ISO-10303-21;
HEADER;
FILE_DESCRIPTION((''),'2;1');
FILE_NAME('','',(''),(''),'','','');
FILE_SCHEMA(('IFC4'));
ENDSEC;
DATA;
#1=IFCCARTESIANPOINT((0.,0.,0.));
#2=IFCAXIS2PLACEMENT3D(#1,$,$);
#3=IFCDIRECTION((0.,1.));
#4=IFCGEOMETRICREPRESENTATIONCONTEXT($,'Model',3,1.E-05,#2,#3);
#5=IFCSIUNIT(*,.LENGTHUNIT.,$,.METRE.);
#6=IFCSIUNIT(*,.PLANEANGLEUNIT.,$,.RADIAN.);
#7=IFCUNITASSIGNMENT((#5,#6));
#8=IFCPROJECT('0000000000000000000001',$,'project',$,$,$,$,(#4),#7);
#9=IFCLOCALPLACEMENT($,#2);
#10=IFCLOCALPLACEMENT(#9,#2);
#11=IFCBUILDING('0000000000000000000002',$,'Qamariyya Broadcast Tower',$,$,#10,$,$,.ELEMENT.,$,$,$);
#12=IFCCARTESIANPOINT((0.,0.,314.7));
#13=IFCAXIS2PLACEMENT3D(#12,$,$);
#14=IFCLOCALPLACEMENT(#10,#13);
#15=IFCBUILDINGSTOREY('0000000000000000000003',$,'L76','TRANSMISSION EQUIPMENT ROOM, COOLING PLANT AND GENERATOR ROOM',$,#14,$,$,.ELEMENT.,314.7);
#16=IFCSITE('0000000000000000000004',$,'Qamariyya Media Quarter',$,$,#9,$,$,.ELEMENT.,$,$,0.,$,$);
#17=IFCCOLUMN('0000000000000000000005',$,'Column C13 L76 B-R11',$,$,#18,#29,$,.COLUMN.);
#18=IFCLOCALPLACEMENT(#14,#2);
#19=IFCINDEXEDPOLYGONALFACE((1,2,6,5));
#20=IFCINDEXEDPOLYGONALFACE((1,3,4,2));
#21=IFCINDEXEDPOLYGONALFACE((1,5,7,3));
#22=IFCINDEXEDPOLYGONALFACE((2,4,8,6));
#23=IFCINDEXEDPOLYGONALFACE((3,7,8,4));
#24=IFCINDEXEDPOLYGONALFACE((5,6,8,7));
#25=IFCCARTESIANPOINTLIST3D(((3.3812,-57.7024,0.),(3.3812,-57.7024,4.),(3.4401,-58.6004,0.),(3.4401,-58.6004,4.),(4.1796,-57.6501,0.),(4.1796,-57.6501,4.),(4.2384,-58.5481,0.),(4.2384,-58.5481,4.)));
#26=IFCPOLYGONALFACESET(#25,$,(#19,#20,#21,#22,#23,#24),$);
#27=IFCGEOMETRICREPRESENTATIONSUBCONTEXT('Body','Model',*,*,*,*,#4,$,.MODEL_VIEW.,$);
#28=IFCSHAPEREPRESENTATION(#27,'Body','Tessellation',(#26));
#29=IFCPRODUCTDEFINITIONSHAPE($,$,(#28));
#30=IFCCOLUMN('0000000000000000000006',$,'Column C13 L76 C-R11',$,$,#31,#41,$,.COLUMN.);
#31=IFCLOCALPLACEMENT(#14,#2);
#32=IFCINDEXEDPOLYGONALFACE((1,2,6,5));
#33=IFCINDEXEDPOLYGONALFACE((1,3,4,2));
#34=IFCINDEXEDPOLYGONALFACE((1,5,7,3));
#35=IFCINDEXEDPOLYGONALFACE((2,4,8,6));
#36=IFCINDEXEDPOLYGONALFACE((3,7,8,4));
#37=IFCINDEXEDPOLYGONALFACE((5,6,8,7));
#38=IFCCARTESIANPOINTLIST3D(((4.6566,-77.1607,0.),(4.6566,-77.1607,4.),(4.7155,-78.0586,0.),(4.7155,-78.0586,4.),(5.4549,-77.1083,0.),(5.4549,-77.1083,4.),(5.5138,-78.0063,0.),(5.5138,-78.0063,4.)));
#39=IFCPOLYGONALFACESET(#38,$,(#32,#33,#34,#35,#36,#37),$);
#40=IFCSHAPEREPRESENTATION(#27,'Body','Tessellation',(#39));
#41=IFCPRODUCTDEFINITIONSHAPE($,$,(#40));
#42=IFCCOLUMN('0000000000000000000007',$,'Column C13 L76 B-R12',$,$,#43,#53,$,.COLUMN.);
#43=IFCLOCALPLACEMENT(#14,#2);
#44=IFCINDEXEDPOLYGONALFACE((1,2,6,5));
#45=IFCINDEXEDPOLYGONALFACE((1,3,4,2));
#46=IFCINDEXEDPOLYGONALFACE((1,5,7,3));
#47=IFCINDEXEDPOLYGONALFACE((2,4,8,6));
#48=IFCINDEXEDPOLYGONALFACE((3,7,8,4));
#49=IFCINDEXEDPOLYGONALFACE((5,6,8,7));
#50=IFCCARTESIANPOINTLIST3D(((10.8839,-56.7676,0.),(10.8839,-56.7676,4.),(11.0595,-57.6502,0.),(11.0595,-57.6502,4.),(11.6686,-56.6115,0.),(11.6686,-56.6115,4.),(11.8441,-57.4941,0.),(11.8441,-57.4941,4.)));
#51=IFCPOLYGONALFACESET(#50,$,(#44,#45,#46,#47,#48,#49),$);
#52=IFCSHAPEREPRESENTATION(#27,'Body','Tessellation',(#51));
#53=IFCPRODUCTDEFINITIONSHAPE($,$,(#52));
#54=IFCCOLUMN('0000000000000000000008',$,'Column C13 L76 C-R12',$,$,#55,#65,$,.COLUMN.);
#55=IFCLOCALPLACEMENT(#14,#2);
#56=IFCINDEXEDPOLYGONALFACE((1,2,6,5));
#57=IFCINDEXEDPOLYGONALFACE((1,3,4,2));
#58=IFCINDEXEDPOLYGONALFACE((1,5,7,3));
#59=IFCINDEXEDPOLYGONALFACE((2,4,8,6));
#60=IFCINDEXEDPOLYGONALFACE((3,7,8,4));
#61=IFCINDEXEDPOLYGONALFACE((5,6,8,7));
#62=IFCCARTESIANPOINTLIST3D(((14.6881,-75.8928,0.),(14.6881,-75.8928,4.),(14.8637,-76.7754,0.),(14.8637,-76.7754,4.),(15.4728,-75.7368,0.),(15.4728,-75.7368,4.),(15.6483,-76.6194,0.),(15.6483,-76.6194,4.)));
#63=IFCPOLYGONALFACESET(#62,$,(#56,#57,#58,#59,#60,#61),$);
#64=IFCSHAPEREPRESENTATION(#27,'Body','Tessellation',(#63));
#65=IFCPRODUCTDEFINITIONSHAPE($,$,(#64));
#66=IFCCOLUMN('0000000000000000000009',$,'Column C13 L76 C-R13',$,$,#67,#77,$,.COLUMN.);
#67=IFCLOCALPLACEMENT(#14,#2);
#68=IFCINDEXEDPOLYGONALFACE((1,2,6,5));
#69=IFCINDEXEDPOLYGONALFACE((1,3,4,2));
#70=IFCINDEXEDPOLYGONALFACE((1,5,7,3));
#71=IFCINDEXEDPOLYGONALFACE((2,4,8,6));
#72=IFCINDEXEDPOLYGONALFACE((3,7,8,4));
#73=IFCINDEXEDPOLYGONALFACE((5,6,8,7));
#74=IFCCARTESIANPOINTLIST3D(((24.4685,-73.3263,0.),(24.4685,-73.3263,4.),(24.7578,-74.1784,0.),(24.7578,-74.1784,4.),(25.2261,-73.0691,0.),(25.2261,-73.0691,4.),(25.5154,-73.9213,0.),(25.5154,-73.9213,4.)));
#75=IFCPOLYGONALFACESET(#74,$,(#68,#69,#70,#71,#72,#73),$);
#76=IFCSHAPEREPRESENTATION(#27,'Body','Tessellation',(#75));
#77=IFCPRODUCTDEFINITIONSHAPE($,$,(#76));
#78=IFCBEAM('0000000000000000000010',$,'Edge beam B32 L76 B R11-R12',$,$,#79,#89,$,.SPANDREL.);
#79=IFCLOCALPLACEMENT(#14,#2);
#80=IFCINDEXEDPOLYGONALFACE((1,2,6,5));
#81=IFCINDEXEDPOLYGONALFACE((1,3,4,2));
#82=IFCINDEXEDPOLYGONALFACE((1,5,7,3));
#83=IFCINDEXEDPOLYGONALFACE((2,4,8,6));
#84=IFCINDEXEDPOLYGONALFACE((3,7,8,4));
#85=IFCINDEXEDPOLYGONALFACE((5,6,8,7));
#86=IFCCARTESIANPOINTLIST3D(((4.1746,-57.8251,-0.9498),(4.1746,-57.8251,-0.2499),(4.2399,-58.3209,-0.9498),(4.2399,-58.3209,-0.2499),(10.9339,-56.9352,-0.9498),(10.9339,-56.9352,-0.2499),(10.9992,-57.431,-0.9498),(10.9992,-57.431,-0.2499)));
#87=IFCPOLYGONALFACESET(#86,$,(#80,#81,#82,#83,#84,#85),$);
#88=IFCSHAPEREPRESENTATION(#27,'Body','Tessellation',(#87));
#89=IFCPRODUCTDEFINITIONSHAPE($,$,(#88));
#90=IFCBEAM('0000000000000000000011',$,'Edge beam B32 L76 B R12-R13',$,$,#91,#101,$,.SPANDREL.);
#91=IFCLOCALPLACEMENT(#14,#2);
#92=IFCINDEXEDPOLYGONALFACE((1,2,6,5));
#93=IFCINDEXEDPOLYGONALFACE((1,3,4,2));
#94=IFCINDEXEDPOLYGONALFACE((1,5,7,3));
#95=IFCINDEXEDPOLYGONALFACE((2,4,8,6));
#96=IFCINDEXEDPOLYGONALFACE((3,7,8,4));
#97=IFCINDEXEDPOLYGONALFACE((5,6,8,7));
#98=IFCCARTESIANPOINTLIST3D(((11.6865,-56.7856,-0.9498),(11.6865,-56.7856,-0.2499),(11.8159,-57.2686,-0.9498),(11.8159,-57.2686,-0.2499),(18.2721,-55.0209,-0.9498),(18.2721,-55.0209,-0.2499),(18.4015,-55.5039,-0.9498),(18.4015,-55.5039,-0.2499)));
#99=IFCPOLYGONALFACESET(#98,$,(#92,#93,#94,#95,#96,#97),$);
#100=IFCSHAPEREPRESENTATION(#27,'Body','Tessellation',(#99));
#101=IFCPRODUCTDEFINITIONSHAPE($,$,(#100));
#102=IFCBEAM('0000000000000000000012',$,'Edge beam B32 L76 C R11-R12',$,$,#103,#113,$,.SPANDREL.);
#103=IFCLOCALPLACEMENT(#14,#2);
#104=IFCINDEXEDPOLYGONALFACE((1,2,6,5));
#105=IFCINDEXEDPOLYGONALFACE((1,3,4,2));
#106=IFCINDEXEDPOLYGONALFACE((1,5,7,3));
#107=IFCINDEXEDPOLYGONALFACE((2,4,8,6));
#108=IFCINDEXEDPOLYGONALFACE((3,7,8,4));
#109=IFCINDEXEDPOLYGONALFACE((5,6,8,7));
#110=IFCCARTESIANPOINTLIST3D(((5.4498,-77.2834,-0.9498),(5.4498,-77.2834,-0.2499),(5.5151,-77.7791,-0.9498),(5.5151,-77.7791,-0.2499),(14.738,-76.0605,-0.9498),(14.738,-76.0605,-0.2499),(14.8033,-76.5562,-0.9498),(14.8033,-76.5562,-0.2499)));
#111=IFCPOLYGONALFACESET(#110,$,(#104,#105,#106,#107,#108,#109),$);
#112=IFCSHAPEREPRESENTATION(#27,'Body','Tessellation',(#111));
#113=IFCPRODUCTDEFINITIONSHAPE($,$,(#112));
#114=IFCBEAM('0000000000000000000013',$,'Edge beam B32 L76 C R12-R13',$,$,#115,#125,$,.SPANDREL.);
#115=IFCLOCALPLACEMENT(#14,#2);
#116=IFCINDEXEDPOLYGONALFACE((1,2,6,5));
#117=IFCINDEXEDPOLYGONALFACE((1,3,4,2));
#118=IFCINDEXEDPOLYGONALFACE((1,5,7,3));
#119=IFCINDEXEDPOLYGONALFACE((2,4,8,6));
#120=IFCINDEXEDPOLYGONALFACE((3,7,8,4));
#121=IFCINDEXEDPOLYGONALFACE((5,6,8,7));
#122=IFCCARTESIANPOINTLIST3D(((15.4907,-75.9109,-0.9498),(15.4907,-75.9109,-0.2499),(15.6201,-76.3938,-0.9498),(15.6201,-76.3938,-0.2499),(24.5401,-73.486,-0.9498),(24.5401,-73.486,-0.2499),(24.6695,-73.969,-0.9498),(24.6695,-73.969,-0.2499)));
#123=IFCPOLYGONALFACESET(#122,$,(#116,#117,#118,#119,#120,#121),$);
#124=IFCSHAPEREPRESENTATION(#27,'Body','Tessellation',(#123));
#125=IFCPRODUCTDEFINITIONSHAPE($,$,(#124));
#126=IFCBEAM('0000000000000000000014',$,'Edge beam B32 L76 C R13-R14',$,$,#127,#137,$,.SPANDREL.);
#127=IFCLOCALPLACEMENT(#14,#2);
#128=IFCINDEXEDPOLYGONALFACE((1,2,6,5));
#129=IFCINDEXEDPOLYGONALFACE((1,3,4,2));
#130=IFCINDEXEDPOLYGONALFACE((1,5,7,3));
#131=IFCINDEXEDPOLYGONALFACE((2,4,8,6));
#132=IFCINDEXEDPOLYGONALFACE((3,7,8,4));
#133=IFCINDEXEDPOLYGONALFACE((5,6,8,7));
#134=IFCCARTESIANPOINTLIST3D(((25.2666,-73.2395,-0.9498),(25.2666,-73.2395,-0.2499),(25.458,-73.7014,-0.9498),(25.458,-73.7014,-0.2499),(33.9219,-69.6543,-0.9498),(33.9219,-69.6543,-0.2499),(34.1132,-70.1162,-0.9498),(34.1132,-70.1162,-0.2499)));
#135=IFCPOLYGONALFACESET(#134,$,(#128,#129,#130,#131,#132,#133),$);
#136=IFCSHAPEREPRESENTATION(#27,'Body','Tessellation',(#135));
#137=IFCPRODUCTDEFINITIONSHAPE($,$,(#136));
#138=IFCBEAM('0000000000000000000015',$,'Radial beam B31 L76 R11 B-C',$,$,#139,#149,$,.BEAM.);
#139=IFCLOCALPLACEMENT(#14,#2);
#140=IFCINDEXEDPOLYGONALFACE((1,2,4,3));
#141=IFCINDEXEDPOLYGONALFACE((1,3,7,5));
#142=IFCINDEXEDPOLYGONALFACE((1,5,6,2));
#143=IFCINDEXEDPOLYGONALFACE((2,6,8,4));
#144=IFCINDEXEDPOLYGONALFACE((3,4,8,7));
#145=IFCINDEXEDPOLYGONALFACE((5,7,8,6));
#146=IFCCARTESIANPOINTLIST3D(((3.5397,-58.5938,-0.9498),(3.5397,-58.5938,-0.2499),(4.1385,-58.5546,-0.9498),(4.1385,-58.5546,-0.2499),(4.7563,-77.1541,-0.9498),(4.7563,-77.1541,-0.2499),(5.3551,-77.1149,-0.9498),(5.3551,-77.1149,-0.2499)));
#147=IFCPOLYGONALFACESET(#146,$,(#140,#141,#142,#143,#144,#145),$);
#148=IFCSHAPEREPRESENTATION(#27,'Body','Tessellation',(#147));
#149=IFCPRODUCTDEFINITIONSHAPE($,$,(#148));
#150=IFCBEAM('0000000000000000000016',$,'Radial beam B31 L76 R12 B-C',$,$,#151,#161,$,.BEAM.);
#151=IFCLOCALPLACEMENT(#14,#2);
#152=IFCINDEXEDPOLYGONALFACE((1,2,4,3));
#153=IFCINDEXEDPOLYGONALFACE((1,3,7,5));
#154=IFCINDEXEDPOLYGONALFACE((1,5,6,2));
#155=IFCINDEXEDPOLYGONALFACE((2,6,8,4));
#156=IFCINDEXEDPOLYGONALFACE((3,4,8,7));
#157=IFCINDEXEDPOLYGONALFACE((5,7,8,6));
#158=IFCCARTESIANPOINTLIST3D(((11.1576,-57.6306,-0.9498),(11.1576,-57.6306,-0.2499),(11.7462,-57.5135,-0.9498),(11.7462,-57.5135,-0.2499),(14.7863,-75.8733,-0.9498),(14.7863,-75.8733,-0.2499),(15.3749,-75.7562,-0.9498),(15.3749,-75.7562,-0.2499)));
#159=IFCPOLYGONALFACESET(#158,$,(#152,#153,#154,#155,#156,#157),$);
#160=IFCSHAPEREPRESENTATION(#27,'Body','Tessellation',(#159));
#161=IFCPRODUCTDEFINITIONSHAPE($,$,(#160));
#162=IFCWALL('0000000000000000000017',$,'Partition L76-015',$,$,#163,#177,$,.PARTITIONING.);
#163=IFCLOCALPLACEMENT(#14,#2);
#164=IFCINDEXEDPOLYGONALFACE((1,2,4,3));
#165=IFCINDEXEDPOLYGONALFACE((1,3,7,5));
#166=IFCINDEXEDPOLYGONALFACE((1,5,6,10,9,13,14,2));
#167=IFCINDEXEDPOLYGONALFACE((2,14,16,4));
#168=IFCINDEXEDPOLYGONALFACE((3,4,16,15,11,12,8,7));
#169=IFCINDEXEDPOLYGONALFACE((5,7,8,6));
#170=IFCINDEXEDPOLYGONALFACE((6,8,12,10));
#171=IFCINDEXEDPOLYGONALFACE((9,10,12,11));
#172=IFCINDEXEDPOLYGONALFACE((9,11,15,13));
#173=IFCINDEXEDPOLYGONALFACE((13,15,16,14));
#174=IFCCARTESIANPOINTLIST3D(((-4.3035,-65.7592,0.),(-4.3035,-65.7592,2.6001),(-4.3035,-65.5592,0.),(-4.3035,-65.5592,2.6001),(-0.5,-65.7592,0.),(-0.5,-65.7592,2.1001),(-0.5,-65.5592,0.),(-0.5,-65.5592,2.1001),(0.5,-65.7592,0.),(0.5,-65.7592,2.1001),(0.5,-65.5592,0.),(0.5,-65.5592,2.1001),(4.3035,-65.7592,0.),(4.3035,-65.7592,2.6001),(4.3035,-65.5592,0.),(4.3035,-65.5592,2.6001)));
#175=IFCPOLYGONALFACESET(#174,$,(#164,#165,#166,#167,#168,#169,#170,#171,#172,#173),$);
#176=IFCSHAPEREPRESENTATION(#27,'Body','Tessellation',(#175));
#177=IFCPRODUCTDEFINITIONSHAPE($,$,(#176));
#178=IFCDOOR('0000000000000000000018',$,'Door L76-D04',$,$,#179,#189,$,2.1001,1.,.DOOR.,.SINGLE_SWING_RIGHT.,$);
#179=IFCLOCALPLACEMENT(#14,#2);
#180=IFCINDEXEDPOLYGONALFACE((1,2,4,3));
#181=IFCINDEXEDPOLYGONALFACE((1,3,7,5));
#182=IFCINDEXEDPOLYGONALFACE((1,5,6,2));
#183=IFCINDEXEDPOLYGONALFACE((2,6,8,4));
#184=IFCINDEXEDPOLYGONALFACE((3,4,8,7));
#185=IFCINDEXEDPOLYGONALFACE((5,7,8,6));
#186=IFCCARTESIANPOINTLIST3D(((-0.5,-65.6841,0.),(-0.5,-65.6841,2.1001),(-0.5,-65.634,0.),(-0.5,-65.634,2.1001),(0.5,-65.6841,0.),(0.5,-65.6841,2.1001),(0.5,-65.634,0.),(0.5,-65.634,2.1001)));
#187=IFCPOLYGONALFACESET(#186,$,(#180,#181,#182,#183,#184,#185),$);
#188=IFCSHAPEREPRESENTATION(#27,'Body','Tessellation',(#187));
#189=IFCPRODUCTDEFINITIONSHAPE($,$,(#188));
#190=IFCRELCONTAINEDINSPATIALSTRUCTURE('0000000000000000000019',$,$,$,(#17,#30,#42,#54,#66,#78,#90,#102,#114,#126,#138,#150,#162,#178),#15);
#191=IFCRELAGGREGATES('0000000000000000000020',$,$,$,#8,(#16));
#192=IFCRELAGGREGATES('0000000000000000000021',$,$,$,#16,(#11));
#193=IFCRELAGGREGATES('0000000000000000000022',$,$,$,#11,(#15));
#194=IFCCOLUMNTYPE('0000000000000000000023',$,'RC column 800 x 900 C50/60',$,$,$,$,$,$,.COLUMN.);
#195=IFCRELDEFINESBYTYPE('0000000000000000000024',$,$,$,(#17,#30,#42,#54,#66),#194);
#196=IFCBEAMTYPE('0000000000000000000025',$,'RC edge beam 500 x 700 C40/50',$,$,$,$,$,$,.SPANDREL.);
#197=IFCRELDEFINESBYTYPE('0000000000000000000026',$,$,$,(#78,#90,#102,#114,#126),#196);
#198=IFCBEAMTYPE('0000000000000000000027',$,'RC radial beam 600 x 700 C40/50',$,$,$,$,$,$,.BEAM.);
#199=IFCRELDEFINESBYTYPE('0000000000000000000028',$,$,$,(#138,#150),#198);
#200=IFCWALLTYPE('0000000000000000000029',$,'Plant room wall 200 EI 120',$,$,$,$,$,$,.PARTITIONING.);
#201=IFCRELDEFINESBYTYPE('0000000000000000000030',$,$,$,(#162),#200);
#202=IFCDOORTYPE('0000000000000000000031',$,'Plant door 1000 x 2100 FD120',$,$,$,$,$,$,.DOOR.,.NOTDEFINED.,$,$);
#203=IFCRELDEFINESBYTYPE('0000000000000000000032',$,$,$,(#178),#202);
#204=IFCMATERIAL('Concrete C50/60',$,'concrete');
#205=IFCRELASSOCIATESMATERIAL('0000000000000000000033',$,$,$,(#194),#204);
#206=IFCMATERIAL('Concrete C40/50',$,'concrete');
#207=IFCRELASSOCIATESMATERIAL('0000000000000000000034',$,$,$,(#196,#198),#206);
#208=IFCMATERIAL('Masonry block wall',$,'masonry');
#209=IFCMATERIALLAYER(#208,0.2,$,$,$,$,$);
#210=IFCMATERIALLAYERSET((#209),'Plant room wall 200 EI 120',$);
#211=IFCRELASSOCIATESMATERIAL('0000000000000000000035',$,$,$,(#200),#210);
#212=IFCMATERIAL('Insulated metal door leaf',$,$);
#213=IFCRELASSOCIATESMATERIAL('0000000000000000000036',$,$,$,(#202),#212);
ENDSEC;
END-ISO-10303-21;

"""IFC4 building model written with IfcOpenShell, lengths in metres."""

from ifc_helpers import new_model, si_unit, direction, frame, frame_2d, origin, origin_2d, place, context, subcontext, project, spatial, rectangle, extrude, material, layer, layer_set, material_profile, profile_set, type_object, element, fill, save


model = new_model("IFC4")

# Units and contexts
model_context = context("Model", 3, precision=1e-05, world=origin(), true_north=direction((0.0, 1.0)))
body_context = subcontext(model_context, "Body", "Model", "MODEL_VIEW")
ifc_project = project(units=[si_unit("LENGTHUNIT", "METRE"), si_unit("PLANEANGLEUNIT", "RADIAN")], contexts=[model_context])

# Site, building, storey
site_placement = place(None, origin())
site = spatial("IfcSite", under=ifc_project, at=site_placement, Name="Qamariyya Media Quarter", CompositionType="ELEMENT", RefElevation=0.0)
building_placement = place(site_placement, origin())
building = spatial("IfcBuilding", under=site, at=building_placement, Name="Qamariyya Broadcast Tower", CompositionType="ELEMENT")
storey_placement = place(building_placement, frame((0.0, 0.0, 314.7)))
storey = spatial("IfcBuildingStorey", under=building, at=storey_placement, Name="L76", Description="TRANSMISSION EQUIPMENT ROOM, COOLING PLANT AND GENERATOR ROOM", CompositionType="ELEMENT", Elevation=314.7)

# Columns
ifc_material_1 = material(Name="Concrete C50/60", Category="concrete")
ifc_material_profile_1 = material_profile(ifc_material_1, rectangle(XDim=0.8, YDim=0.8999, at=origin_2d()))
ifc_profile_set_1 = profile_set([ifc_material_profile_1], Name="Concrete C50/60")
column_type = type_object("IfcColumnType", Name="RC column 800 x 900 C50/60", PredefinedType="COLUMN", material=ifc_profile_set_1)
for number, where, z_axis, x_axis, name in (
    (1, (3.8098, -58.1252, 0.0), (0.0, 0.0, 1.0), (0.997859, 0.065403, 0.0), "Column C13 L76 B-R11"),
    (2, (5.0852, -77.5835, 0.0), (0.0, 0.0, 1.0), (0.997859, 0.065403, 0.0), "Column C13 L76 C-R11"),
    (3, (11.364, -57.1309, 0.0), (0.0, 0.0, 1.0), (0.980785, 0.19509, 0.0), "Column C13 L76 B-R12"),
    (4, (15.1682, -76.2561, 0.0), (0.0, 0.0, 1.0), (0.980785, 0.19509, 0.0), "Column C13 L76 C-R12"),
    (5, (24.9919, -73.6238, 0.0), (0.0, 0.0, 1.0), (0.94693, 0.321439, 0.0), "Column C13 L76 C-R13"),
):
    element("IfcColumn", number, at=place(storey_placement, frame(where, z_axis=z_axis, x_axis=x_axis)), inside=storey, type_object=column_type, Name=name, PredefinedType="COLUMN", context=body_context, shape_type="SweptSolid", body=[
        extrude(rectangle(XDim=0.8, YDim=0.8999, at=origin_2d()), origin(), (0.0, 0.0, 1.0), 4.0),
    ])

# Beams
ifc_material_2 = material(Name="Concrete C40/50", Category="concrete")
ifc_material_profile_2 = material_profile(ifc_material_2, rectangle(XDim=0.5, YDim=0.7, at=origin_2d()))
ifc_profile_set_2 = profile_set([ifc_material_profile_2], Name="Concrete C40/50")
beam_type_1 = type_object("IfcBeamType", Name="RC edge beam 500 x 700 C40/50", PredefinedType="SPANDREL", material=ifc_profile_set_2)
beam_1_placement = place(storey_placement, frame((4.2073, -58.073, -0.5999), z_axis=(0.991445, 0.130529, 0.0), x_axis=(-0.130529, 0.991445, 0.0)))
element("IfcBeam", 6, at=beam_1_placement, inside=storey, type_object=beam_type_1, Name="Edge beam B32 L76 B R11-R12", PredefinedType="SPANDREL", context=body_context, shape_type="SweptSolid", body=[
    extrude(rectangle(XDim=0.5, YDim=0.7, at=origin_2d()), origin(), (0.0, 0.0, 1.0), 6.8176),
])
beam_2_placement = place(storey_placement, frame((11.7512, -57.0271, -0.5999), z_axis=(0.965923, 0.25883, 0.0), x_axis=(-0.25883, 0.965923, 0.0)))
element("IfcBeam", 7, at=beam_2_placement, inside=storey, type_object=beam_type_1, Name="Edge beam B32 L76 B R12-R13", PredefinedType="SPANDREL", context=body_context, shape_type="SweptSolid", body=[
    extrude(rectangle(XDim=0.5, YDim=0.7, at=origin_2d()), origin(), (0.0, 0.0, 1.0), 6.8179),
])
beam_3_placement = place(storey_placement, frame((5.4824, -77.5312, -0.5999), z_axis=(0.991444, 0.130533, 0.0), x_axis=(-0.130533, 0.991444, 0.0)))
element("IfcBeam", 8, at=beam_3_placement, inside=storey, type_object=beam_type_1, Name="Edge beam B32 L76 C R11-R12", PredefinedType="SPANDREL", context=body_context, shape_type="SweptSolid", body=[
    extrude(rectangle(XDim=0.5, YDim=0.7, at=origin_2d()), origin(), (0.0, 0.0, 1.0), 9.3684),
])
beam_4_placement = place(storey_placement, frame((15.5554, -76.1523, -0.5999), z_axis=(0.965925, 0.258824, 0.0), x_axis=(-0.258824, 0.965925, 0.0)))
element("IfcBeam", 9, at=beam_4_placement, inside=storey, type_object=beam_type_1, Name="Edge beam B32 L76 C R12-R13", PredefinedType="SPANDREL", context=body_context, shape_type="SweptSolid", body=[
    extrude(rectangle(XDim=0.5, YDim=0.7, at=origin_2d()), origin(), (0.0, 0.0, 1.0), 9.3687),
])
beam_5_placement = place(storey_placement, frame((25.3623, -73.4705, -0.5999), z_axis=(0.923877, 0.38269, 0.0), x_axis=(-0.38269, 0.923877, 0.0)))
element("IfcBeam", 10, at=beam_5_placement, inside=storey, type_object=beam_type_1, Name="Edge beam B32 L76 C R13-R14", PredefinedType="SPANDREL", context=body_context, shape_type="SweptSolid", body=[
    extrude(rectangle(XDim=0.5, YDim=0.7, at=origin_2d()), origin(), (0.0, 0.0, 1.0), 9.3684),
])
ifc_material_profile_3 = material_profile(ifc_material_2, rectangle(XDim=0.6001, YDim=0.7, at=origin_2d()))
ifc_profile_set_3 = profile_set([ifc_material_profile_3], Name="Concrete C40/50")
beam_type_2 = type_object("IfcBeamType", Name="RC radial beam 600 x 700 C40/50", PredefinedType="BEAM", material=ifc_profile_set_3)
for number, where, z_axis, x_axis, name in (
    (11, (3.8391, -58.5742, -0.5999), (0.065406, -0.997859, 0.0), (0.997859, 0.065406, 0.0), "Radial beam B31 L76 R11 B-C"),
    (12, (11.4519, -57.572, -0.5999), (0.195089, -0.980786, 0.0), (0.980786, 0.195089, 0.0), "Radial beam B31 L76 R12 B-C"),
):
    element("IfcBeam", number, at=place(storey_placement, frame(where, z_axis=z_axis, x_axis=x_axis)), inside=storey, type_object=beam_type_2, Name=name, PredefinedType="BEAM", context=body_context, shape_type="SweptSolid", body=[
        extrude(rectangle(XDim=0.6001, YDim=0.7, at=origin_2d()), origin(), (0.0, 0.0, 1.0), 18.6001),
    ])

# Wall, opening, door
ifc_material_3 = material(Name="Masonry block wall", Category="masonry")
ifc_layer_1 = layer(ifc_material_3, 0.2)
ifc_layer_set_1 = layer_set([ifc_layer_1], Name="Plant room wall 200 EI 120")
wall_type_1 = type_object("IfcWallType", Name="Plant room wall 200 EI 120", PredefinedType="PARTITIONING", material=ifc_layer_set_1)
wall_1_placement = place(storey_placement, frame((4.3035, -65.6592, 0.0), z_axis=(0.0, 0.0, 1.0), x_axis=(-1.0, 0.0, 0.0)))
wall_1 = element("IfcWall", 13, at=wall_1_placement, inside=storey, type_object=wall_type_1, Name="Partition L76-015", PredefinedType="PARTITIONING", context=body_context, shape_type="SweptSolid", body=[
    extrude(rectangle(XDim=8.6069, YDim=0.2, at=frame_2d((4.3035, 0.0))), origin(), (0.0, 0.0, 1.0), 2.6001),
])
opening_1_placement = place(wall_1_placement, frame((3.8035, 0.0, 0.0)))
opening_1 = element("IfcOpeningElement", 14, at=opening_1_placement, cuts=wall_1, PredefinedType="OPENING", context=body_context, shape_type="SweptSolid", body=[
    extrude(rectangle(XDim=1.0, YDim=2.1001, at=frame_2d((0.5, 1.05))), frame((0.0, 0.1099, 0.0), z_axis=(0.0, -1.0, 0.0), x_axis=(1.0, 0.0, 0.0)), (0.0, 0.0, 1.0), 0.22),
])
ifc_material_4 = material(Name="Insulated metal door leaf")
door_type_1 = type_object("IfcDoorType", Name="Plant door 1000 x 2100 FD120", OperationType="NOTDEFINED", PredefinedType="DOOR", material=ifc_material_4)
door_1_placement = place(opening_1_placement, origin())
door_1 = element("IfcDoor", 15, at=door_1_placement, inside=storey, type_object=door_type_1, Name="Door L76-D04", OperationType="SINGLE_SWING_RIGHT", OverallHeight=2.1001, OverallWidth=1.0, PredefinedType="DOOR", context=body_context, shape_type="SweptSolid", body=[
    extrude(rectangle(XDim=1.0, YDim=2.1001, at=frame_2d((0.5, 1.05))), frame((0.0, 0.0249, 0.0), z_axis=(0.0, -1.0, 0.0), x_axis=(1.0, 0.0, 0.0)), (0.0, 0.0, 1.0), 0.05),
])
fill(opening_1, door_1)

save(model, "model.ifc")
